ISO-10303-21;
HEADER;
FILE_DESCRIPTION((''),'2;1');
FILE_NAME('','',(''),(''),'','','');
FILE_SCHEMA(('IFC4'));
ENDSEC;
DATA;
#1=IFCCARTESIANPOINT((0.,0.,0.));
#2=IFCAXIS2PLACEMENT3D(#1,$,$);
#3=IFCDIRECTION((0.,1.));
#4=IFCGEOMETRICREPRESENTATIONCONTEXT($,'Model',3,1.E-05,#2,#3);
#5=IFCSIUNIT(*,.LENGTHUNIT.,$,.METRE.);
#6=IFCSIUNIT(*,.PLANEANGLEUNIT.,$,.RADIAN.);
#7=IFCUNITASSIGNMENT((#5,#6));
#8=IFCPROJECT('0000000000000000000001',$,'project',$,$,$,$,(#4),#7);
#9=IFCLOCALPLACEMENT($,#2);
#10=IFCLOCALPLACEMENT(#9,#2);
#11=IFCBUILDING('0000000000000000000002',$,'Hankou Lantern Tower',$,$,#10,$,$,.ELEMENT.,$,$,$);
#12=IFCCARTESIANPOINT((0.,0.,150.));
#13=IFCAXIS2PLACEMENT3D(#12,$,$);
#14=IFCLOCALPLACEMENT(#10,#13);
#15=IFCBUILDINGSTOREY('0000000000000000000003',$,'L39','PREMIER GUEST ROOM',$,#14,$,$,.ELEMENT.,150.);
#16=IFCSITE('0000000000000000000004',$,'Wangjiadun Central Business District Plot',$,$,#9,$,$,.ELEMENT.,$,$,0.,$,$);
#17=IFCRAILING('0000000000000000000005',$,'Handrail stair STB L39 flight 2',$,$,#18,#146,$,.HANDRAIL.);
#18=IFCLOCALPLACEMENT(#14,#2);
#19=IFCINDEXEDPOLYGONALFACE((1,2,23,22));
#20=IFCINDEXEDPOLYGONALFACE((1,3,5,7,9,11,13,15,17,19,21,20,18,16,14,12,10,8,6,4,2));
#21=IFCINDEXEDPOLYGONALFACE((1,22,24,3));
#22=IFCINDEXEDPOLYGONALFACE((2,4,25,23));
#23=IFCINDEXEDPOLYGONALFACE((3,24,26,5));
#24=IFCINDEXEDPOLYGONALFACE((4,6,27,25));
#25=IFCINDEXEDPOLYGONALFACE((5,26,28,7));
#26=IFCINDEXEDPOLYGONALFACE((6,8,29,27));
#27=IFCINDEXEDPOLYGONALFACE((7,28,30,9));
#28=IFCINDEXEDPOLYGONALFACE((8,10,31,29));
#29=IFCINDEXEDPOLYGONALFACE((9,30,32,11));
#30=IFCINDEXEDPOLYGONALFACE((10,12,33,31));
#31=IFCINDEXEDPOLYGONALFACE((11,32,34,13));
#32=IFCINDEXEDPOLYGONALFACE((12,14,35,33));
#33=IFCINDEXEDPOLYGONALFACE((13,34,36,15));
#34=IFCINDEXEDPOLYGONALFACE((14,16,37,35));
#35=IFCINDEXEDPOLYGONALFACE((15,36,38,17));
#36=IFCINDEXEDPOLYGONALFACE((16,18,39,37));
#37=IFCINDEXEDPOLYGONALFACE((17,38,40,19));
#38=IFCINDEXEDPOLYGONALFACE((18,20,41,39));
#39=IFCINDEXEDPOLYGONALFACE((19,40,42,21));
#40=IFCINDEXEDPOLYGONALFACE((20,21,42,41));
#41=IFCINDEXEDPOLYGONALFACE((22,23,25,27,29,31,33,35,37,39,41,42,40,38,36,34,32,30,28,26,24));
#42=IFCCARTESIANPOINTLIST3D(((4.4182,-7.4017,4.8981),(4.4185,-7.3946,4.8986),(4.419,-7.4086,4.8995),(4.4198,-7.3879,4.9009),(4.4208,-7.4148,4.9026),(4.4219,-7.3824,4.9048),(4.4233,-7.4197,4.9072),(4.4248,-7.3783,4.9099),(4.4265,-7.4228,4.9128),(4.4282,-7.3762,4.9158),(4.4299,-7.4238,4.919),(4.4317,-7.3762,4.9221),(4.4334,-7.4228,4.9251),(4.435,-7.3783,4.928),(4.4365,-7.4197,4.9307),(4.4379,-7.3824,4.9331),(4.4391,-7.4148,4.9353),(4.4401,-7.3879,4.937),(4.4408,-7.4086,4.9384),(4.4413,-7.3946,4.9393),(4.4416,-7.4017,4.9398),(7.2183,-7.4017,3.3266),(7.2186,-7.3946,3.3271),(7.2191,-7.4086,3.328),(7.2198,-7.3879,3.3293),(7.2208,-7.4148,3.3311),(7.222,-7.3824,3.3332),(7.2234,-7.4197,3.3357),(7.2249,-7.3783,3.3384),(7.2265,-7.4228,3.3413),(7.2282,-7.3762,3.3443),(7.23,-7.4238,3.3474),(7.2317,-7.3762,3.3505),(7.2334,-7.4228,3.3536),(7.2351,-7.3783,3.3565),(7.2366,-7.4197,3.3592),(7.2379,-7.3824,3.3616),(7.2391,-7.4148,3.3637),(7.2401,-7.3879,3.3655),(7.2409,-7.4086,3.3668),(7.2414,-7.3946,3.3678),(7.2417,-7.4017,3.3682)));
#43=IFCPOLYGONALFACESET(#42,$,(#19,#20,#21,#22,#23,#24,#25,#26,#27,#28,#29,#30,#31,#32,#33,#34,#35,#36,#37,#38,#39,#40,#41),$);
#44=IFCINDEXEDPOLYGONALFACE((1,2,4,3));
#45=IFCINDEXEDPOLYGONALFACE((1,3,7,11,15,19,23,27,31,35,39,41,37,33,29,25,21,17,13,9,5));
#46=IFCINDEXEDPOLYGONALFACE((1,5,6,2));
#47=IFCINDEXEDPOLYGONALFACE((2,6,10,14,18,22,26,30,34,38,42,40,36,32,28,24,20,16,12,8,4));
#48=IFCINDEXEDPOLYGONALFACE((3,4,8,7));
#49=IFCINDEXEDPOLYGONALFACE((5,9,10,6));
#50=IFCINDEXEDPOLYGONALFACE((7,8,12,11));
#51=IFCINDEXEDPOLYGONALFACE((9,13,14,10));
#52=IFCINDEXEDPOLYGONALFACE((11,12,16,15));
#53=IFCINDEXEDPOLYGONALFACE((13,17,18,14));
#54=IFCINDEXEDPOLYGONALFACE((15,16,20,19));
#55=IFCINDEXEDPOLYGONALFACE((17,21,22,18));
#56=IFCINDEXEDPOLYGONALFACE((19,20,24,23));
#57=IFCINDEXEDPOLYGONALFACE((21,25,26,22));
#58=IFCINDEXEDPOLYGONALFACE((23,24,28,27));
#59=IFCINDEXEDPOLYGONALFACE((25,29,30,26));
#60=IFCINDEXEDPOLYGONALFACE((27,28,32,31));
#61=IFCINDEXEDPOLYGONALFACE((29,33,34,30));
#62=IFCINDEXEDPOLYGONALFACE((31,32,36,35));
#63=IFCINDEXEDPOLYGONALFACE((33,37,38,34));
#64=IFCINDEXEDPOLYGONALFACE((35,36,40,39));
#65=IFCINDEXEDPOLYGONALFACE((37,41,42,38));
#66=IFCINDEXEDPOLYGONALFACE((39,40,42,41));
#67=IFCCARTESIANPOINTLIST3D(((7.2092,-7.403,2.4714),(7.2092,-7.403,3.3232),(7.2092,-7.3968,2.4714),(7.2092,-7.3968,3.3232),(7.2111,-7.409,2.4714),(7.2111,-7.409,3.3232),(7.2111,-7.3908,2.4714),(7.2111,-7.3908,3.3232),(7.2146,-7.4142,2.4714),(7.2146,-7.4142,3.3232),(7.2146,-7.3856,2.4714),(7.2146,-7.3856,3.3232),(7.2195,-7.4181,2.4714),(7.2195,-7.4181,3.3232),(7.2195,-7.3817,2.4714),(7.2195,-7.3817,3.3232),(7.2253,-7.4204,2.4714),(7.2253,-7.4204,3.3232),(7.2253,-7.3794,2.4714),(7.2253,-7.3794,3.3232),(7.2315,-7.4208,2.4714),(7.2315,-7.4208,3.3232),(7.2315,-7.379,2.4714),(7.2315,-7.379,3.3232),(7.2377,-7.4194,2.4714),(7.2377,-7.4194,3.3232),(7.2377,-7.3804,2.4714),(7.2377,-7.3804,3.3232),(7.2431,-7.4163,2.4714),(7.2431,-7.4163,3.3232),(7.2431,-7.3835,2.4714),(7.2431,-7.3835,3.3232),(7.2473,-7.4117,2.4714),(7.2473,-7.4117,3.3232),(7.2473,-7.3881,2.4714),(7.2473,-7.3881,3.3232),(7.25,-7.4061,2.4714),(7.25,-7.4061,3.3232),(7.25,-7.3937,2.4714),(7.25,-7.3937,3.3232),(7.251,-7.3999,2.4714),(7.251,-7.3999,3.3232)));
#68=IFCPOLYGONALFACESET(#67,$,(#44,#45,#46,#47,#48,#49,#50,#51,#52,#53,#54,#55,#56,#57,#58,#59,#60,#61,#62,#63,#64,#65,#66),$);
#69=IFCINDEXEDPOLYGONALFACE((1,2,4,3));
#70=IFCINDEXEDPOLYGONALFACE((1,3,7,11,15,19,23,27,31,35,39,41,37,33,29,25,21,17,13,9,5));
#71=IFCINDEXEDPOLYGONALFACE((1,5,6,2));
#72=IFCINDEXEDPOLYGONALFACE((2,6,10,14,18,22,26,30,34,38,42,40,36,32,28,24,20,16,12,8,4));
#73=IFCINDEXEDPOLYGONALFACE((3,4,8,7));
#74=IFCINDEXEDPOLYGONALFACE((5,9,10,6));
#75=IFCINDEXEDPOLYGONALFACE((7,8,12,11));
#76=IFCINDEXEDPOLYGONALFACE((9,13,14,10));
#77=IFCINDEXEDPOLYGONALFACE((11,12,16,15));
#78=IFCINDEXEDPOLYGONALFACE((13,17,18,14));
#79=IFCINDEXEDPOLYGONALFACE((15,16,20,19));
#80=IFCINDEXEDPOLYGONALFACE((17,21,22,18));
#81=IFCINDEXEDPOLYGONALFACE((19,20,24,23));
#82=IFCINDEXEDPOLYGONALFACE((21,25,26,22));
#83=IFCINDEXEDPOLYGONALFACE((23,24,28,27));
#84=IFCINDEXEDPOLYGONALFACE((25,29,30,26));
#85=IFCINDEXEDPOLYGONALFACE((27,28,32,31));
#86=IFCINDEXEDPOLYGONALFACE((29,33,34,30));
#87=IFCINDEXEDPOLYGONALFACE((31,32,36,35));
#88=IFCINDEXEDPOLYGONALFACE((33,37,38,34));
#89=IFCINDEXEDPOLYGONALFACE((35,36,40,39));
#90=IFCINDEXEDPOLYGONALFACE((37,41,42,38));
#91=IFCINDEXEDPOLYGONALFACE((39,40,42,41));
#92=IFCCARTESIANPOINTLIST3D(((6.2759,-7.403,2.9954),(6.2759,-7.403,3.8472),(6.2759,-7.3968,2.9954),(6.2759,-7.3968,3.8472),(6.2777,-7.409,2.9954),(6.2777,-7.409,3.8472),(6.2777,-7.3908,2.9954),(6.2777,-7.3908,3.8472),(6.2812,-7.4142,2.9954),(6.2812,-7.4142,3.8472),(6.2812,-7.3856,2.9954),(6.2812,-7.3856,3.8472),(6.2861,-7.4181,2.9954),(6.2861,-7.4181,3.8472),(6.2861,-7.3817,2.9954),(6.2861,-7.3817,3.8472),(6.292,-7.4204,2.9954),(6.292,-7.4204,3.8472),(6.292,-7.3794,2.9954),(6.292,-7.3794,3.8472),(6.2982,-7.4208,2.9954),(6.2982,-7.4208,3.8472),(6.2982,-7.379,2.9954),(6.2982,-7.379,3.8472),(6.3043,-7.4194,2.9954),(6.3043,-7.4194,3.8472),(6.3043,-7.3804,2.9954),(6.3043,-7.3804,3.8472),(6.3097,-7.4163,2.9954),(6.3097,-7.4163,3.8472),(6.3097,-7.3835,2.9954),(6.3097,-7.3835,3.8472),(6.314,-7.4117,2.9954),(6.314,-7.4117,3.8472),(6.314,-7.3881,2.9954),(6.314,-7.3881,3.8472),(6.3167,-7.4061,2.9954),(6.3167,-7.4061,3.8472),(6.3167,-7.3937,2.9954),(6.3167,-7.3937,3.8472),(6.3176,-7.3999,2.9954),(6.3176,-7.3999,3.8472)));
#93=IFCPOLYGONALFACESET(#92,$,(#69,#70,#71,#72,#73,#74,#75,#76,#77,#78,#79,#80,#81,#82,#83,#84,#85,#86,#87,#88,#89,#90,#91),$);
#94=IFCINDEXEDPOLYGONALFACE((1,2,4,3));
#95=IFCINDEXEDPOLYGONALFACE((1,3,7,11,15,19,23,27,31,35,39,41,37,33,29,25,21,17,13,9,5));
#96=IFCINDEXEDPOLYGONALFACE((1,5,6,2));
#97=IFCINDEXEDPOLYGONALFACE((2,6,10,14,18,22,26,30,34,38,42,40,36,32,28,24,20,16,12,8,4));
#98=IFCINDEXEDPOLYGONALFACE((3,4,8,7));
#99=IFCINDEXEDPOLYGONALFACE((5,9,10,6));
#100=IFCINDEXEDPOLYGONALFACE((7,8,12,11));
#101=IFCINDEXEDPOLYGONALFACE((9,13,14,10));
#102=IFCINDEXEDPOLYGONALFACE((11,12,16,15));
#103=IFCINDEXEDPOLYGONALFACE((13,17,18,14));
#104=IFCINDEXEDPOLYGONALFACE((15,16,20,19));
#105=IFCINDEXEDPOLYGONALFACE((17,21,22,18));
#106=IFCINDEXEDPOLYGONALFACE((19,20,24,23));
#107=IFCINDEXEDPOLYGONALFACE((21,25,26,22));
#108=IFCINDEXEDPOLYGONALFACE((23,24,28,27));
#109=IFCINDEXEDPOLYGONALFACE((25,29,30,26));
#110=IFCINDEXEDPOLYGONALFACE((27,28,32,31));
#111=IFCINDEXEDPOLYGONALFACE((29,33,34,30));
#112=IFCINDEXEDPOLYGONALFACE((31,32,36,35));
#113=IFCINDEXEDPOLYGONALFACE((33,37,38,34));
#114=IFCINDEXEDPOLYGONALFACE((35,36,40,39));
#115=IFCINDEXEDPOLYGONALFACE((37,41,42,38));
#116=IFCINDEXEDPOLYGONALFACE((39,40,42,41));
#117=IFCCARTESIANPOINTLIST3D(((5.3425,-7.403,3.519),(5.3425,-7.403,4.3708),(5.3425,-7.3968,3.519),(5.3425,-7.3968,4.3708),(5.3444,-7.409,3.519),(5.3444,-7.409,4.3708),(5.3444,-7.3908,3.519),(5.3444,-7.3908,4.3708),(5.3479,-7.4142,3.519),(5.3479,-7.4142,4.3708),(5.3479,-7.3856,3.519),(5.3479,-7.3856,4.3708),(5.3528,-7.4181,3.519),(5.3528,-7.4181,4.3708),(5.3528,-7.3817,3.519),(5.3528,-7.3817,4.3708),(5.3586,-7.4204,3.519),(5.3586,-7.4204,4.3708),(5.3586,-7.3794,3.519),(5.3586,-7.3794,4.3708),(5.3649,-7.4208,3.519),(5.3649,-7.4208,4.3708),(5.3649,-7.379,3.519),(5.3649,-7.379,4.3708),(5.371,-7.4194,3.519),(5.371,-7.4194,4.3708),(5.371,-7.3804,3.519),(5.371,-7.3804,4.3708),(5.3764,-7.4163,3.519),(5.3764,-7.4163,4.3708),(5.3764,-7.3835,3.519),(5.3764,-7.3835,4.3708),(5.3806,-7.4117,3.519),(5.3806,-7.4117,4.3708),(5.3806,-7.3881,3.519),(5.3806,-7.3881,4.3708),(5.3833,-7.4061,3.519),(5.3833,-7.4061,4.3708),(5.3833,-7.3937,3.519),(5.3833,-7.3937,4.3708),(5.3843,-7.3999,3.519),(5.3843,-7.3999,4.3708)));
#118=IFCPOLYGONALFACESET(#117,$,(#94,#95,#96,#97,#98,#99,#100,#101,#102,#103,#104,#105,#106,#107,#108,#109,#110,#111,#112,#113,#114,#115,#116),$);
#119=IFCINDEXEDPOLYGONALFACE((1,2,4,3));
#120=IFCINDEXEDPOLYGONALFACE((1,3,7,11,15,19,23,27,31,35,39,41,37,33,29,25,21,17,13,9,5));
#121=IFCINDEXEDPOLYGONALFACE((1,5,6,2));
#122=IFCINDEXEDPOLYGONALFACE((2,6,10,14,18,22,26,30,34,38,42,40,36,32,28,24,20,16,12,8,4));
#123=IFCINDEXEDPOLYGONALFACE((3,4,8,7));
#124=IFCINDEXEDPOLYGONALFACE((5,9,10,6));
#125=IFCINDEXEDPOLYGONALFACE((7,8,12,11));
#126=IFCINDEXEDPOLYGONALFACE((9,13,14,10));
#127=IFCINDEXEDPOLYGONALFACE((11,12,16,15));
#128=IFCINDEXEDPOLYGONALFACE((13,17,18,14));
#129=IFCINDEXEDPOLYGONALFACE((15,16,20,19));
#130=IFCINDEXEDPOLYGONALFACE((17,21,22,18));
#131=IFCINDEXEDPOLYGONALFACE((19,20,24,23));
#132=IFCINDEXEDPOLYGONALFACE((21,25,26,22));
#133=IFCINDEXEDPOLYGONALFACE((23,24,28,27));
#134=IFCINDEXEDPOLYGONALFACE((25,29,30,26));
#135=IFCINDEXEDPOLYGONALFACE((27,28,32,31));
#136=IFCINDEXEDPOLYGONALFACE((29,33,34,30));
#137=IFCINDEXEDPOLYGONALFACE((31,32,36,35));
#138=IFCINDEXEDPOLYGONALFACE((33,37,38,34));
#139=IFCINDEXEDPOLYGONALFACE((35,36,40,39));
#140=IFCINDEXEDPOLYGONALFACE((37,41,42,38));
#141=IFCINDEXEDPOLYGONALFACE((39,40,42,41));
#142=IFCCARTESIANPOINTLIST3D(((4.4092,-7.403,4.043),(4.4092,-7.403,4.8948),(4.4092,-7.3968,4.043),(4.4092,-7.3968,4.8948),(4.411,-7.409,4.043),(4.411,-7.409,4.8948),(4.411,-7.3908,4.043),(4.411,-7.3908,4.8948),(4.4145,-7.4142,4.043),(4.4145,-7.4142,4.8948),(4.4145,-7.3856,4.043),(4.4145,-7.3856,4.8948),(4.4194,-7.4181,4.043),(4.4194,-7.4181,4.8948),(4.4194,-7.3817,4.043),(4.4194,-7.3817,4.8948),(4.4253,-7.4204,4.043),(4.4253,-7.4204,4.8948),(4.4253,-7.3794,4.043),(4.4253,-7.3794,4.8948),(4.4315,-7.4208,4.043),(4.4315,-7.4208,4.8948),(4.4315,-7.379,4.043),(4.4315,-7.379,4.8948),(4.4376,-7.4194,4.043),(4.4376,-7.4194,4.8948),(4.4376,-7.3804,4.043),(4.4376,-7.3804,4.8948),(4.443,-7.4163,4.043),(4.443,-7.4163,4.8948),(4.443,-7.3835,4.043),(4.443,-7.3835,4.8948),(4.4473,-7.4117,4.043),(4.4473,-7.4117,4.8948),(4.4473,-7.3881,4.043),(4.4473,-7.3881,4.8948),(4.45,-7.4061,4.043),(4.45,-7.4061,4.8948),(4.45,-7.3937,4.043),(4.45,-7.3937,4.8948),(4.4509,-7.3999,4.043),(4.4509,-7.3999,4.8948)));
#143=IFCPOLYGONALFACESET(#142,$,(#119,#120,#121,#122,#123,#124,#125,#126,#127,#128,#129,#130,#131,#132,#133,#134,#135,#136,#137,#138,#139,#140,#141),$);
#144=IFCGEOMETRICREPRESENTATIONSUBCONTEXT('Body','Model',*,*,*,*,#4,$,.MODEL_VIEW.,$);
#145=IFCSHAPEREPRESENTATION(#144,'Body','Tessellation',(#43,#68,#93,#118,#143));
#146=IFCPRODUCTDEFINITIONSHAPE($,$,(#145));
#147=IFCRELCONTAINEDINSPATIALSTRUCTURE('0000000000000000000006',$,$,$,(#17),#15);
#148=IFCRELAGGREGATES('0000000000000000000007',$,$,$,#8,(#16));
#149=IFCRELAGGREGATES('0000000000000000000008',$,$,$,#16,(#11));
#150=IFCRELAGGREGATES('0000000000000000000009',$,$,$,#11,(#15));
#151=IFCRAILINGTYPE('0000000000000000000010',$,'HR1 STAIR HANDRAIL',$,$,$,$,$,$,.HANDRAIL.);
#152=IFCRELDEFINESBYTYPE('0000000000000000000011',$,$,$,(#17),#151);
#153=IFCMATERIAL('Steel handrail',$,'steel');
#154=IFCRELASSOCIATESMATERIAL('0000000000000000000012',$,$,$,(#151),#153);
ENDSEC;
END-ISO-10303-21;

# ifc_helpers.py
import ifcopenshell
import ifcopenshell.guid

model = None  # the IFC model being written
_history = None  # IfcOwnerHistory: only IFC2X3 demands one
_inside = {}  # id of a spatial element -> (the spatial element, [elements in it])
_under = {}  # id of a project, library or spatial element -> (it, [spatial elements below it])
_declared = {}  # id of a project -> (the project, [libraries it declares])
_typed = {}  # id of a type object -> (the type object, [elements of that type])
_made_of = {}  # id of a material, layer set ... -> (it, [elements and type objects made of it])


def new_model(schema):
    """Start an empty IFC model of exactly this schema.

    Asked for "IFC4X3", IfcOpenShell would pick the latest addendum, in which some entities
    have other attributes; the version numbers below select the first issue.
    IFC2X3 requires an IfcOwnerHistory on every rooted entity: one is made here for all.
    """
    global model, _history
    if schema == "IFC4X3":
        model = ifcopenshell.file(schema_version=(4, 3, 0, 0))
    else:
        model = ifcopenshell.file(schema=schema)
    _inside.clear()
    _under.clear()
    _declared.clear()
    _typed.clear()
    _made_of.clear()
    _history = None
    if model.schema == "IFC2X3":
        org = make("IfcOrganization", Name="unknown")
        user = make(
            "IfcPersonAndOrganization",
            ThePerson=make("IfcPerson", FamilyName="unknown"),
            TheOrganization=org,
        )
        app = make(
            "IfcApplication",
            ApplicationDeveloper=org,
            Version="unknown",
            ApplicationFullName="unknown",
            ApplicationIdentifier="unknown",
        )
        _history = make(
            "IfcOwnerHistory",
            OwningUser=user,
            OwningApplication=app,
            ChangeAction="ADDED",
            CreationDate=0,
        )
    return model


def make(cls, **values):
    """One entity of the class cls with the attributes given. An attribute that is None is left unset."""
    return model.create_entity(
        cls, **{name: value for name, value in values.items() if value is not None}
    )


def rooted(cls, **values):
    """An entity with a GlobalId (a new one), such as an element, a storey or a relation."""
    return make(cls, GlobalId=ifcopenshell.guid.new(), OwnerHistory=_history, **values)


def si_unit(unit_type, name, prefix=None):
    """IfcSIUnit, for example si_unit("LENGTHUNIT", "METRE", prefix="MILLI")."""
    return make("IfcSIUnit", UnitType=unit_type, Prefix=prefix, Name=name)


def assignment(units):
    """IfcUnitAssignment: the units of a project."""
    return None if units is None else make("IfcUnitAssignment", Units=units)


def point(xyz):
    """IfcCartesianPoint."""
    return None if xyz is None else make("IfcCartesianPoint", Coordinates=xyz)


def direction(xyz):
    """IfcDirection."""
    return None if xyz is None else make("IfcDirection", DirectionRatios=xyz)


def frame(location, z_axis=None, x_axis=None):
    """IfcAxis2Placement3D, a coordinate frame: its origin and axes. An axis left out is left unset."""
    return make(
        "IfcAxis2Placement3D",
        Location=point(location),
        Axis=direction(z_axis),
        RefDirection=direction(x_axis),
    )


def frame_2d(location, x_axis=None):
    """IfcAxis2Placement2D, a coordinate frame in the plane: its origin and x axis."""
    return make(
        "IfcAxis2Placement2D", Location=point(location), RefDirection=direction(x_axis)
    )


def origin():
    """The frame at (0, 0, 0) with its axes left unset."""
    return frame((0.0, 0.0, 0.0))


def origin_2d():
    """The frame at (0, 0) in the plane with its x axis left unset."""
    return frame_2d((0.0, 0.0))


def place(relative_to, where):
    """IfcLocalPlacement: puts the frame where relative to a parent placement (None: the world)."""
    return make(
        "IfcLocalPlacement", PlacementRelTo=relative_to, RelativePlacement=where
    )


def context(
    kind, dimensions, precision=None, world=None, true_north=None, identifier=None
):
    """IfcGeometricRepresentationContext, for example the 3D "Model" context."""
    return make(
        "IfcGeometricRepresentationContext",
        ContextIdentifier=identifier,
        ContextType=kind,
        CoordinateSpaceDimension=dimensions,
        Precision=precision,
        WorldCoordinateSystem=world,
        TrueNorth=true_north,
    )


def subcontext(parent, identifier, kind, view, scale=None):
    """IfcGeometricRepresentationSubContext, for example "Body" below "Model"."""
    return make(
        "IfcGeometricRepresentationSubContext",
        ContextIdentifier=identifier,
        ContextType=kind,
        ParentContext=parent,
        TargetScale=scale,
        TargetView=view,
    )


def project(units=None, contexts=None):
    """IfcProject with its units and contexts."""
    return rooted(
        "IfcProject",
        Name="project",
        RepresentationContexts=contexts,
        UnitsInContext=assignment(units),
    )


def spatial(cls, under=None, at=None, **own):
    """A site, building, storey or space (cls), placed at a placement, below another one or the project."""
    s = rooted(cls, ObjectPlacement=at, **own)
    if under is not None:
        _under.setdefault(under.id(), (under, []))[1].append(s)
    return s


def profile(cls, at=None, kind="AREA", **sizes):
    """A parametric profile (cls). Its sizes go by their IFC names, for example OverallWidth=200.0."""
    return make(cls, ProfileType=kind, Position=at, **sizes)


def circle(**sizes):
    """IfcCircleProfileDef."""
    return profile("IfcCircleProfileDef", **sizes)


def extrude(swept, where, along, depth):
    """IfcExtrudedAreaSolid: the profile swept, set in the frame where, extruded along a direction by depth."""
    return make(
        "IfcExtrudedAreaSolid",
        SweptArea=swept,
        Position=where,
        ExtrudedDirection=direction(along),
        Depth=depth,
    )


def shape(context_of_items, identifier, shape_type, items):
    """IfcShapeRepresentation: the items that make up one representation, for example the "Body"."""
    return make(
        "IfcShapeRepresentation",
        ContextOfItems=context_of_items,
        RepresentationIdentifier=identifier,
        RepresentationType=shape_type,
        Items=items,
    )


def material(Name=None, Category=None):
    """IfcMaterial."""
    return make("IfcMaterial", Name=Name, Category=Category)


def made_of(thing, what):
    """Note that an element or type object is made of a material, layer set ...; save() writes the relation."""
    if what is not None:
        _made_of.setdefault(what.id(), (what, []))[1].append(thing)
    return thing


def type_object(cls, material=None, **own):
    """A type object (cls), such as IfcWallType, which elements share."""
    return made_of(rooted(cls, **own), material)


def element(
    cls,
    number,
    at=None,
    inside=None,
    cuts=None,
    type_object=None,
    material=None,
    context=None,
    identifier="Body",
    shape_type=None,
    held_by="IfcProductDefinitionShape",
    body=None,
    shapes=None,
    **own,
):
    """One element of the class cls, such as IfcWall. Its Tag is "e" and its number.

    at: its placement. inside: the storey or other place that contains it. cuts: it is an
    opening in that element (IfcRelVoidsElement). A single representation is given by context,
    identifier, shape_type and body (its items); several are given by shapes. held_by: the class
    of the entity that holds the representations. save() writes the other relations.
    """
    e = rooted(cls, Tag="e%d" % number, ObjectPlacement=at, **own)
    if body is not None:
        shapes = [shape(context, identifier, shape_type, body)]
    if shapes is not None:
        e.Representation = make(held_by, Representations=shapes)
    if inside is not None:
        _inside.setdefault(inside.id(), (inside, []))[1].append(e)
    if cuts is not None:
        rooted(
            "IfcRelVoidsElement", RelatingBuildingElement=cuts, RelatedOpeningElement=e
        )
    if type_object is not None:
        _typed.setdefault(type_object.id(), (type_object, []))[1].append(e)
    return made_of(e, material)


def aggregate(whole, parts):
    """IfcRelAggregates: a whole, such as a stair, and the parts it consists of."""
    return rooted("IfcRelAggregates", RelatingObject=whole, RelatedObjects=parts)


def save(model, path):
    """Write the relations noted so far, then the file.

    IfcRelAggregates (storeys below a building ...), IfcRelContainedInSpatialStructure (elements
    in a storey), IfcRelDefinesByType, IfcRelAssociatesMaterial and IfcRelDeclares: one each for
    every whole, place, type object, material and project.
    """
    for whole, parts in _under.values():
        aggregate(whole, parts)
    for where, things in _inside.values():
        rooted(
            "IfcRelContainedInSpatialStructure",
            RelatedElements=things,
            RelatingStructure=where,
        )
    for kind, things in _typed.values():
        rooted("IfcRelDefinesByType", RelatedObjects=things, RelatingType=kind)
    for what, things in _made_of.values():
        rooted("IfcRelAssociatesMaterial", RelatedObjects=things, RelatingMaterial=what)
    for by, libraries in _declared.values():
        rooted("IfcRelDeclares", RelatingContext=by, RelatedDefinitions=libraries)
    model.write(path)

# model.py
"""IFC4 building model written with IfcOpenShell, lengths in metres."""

from ifc_helpers import new_model, si_unit, direction, frame, origin, origin_2d, place, context, subcontext, project, spatial, circle, extrude, material, type_object, element, save


model = new_model("IFC4")

# Units and contexts
model_context = context("Model", 3, precision=1e-05, world=origin(), true_north=direction((0.0, 1.0)))
body_context = subcontext(model_context, "Body", "Model", "MODEL_VIEW")
ifc_project = project(units=[si_unit("LENGTHUNIT", "METRE"), si_unit("PLANEANGLEUNIT", "RADIAN")], contexts=[model_context])

# Site, building, storey
site_placement = place(None, origin())
site = spatial("IfcSite", under=ifc_project, at=site_placement, Name="Wangjiadun Central Business District Plot", CompositionType="ELEMENT", RefElevation=0.0)
building_placement = place(site_placement, origin())
building = spatial("IfcBuilding", under=site, at=building_placement, Name="Hankou Lantern Tower", CompositionType="ELEMENT")
storey_placement = place(building_placement, frame((0.0, 0.0, 150.0)))
storey = spatial("IfcBuildingStorey", under=building, at=storey_placement, Name="L39", Description="PREMIER GUEST ROOM", CompositionType="ELEMENT", Elevation=150.0)

# Railing
ifc_material_1 = material(Name="Steel handrail", Category="steel")
railing_type = type_object("IfcRailingType", Name="HR1 STAIR HANDRAIL", PredefinedType="HANDRAIL", material=ifc_material_1)
railing_1_placement = place(storey_placement, frame((7.23, -7.3999, 2.4714)))
element("IfcRailing", 1, at=railing_1_placement, inside=storey, type_object=railing_type, Name="Handrail stair STB L39 flight 2", PredefinedType="HANDRAIL", context=body_context, shape_type="SweptSolid", body=[
    extrude(circle(Radius=0.0239, at=origin_2d()), frame((0.0, 0.0, 0.876), z_axis=(-0.87204, 0.0, 0.489434), x_axis=(0.0, -1.0, 0.0)), (0.0, 0.0, 1.0), 3.2109),
    extrude(circle(Radius=0.021, at=origin_2d()), origin(), (0.0, 0.0, 1.0), 0.8518),
    extrude(circle(Radius=0.021, at=origin_2d()), frame((-0.9333, 0.0, 0.5239)), (0.0, 0.0, 1.0), 0.8518),
    extrude(circle(Radius=0.021, at=origin_2d()), frame((-1.8667, 0.0, 1.0476)), (0.0, 0.0, 1.0), 0.8518),
    extrude(circle(Radius=0.021, at=origin_2d()), frame((-2.8, 0.0, 1.5715)), (0.0, 0.0, 1.0), 0.8518),
])

save(model, "model.ifc")
